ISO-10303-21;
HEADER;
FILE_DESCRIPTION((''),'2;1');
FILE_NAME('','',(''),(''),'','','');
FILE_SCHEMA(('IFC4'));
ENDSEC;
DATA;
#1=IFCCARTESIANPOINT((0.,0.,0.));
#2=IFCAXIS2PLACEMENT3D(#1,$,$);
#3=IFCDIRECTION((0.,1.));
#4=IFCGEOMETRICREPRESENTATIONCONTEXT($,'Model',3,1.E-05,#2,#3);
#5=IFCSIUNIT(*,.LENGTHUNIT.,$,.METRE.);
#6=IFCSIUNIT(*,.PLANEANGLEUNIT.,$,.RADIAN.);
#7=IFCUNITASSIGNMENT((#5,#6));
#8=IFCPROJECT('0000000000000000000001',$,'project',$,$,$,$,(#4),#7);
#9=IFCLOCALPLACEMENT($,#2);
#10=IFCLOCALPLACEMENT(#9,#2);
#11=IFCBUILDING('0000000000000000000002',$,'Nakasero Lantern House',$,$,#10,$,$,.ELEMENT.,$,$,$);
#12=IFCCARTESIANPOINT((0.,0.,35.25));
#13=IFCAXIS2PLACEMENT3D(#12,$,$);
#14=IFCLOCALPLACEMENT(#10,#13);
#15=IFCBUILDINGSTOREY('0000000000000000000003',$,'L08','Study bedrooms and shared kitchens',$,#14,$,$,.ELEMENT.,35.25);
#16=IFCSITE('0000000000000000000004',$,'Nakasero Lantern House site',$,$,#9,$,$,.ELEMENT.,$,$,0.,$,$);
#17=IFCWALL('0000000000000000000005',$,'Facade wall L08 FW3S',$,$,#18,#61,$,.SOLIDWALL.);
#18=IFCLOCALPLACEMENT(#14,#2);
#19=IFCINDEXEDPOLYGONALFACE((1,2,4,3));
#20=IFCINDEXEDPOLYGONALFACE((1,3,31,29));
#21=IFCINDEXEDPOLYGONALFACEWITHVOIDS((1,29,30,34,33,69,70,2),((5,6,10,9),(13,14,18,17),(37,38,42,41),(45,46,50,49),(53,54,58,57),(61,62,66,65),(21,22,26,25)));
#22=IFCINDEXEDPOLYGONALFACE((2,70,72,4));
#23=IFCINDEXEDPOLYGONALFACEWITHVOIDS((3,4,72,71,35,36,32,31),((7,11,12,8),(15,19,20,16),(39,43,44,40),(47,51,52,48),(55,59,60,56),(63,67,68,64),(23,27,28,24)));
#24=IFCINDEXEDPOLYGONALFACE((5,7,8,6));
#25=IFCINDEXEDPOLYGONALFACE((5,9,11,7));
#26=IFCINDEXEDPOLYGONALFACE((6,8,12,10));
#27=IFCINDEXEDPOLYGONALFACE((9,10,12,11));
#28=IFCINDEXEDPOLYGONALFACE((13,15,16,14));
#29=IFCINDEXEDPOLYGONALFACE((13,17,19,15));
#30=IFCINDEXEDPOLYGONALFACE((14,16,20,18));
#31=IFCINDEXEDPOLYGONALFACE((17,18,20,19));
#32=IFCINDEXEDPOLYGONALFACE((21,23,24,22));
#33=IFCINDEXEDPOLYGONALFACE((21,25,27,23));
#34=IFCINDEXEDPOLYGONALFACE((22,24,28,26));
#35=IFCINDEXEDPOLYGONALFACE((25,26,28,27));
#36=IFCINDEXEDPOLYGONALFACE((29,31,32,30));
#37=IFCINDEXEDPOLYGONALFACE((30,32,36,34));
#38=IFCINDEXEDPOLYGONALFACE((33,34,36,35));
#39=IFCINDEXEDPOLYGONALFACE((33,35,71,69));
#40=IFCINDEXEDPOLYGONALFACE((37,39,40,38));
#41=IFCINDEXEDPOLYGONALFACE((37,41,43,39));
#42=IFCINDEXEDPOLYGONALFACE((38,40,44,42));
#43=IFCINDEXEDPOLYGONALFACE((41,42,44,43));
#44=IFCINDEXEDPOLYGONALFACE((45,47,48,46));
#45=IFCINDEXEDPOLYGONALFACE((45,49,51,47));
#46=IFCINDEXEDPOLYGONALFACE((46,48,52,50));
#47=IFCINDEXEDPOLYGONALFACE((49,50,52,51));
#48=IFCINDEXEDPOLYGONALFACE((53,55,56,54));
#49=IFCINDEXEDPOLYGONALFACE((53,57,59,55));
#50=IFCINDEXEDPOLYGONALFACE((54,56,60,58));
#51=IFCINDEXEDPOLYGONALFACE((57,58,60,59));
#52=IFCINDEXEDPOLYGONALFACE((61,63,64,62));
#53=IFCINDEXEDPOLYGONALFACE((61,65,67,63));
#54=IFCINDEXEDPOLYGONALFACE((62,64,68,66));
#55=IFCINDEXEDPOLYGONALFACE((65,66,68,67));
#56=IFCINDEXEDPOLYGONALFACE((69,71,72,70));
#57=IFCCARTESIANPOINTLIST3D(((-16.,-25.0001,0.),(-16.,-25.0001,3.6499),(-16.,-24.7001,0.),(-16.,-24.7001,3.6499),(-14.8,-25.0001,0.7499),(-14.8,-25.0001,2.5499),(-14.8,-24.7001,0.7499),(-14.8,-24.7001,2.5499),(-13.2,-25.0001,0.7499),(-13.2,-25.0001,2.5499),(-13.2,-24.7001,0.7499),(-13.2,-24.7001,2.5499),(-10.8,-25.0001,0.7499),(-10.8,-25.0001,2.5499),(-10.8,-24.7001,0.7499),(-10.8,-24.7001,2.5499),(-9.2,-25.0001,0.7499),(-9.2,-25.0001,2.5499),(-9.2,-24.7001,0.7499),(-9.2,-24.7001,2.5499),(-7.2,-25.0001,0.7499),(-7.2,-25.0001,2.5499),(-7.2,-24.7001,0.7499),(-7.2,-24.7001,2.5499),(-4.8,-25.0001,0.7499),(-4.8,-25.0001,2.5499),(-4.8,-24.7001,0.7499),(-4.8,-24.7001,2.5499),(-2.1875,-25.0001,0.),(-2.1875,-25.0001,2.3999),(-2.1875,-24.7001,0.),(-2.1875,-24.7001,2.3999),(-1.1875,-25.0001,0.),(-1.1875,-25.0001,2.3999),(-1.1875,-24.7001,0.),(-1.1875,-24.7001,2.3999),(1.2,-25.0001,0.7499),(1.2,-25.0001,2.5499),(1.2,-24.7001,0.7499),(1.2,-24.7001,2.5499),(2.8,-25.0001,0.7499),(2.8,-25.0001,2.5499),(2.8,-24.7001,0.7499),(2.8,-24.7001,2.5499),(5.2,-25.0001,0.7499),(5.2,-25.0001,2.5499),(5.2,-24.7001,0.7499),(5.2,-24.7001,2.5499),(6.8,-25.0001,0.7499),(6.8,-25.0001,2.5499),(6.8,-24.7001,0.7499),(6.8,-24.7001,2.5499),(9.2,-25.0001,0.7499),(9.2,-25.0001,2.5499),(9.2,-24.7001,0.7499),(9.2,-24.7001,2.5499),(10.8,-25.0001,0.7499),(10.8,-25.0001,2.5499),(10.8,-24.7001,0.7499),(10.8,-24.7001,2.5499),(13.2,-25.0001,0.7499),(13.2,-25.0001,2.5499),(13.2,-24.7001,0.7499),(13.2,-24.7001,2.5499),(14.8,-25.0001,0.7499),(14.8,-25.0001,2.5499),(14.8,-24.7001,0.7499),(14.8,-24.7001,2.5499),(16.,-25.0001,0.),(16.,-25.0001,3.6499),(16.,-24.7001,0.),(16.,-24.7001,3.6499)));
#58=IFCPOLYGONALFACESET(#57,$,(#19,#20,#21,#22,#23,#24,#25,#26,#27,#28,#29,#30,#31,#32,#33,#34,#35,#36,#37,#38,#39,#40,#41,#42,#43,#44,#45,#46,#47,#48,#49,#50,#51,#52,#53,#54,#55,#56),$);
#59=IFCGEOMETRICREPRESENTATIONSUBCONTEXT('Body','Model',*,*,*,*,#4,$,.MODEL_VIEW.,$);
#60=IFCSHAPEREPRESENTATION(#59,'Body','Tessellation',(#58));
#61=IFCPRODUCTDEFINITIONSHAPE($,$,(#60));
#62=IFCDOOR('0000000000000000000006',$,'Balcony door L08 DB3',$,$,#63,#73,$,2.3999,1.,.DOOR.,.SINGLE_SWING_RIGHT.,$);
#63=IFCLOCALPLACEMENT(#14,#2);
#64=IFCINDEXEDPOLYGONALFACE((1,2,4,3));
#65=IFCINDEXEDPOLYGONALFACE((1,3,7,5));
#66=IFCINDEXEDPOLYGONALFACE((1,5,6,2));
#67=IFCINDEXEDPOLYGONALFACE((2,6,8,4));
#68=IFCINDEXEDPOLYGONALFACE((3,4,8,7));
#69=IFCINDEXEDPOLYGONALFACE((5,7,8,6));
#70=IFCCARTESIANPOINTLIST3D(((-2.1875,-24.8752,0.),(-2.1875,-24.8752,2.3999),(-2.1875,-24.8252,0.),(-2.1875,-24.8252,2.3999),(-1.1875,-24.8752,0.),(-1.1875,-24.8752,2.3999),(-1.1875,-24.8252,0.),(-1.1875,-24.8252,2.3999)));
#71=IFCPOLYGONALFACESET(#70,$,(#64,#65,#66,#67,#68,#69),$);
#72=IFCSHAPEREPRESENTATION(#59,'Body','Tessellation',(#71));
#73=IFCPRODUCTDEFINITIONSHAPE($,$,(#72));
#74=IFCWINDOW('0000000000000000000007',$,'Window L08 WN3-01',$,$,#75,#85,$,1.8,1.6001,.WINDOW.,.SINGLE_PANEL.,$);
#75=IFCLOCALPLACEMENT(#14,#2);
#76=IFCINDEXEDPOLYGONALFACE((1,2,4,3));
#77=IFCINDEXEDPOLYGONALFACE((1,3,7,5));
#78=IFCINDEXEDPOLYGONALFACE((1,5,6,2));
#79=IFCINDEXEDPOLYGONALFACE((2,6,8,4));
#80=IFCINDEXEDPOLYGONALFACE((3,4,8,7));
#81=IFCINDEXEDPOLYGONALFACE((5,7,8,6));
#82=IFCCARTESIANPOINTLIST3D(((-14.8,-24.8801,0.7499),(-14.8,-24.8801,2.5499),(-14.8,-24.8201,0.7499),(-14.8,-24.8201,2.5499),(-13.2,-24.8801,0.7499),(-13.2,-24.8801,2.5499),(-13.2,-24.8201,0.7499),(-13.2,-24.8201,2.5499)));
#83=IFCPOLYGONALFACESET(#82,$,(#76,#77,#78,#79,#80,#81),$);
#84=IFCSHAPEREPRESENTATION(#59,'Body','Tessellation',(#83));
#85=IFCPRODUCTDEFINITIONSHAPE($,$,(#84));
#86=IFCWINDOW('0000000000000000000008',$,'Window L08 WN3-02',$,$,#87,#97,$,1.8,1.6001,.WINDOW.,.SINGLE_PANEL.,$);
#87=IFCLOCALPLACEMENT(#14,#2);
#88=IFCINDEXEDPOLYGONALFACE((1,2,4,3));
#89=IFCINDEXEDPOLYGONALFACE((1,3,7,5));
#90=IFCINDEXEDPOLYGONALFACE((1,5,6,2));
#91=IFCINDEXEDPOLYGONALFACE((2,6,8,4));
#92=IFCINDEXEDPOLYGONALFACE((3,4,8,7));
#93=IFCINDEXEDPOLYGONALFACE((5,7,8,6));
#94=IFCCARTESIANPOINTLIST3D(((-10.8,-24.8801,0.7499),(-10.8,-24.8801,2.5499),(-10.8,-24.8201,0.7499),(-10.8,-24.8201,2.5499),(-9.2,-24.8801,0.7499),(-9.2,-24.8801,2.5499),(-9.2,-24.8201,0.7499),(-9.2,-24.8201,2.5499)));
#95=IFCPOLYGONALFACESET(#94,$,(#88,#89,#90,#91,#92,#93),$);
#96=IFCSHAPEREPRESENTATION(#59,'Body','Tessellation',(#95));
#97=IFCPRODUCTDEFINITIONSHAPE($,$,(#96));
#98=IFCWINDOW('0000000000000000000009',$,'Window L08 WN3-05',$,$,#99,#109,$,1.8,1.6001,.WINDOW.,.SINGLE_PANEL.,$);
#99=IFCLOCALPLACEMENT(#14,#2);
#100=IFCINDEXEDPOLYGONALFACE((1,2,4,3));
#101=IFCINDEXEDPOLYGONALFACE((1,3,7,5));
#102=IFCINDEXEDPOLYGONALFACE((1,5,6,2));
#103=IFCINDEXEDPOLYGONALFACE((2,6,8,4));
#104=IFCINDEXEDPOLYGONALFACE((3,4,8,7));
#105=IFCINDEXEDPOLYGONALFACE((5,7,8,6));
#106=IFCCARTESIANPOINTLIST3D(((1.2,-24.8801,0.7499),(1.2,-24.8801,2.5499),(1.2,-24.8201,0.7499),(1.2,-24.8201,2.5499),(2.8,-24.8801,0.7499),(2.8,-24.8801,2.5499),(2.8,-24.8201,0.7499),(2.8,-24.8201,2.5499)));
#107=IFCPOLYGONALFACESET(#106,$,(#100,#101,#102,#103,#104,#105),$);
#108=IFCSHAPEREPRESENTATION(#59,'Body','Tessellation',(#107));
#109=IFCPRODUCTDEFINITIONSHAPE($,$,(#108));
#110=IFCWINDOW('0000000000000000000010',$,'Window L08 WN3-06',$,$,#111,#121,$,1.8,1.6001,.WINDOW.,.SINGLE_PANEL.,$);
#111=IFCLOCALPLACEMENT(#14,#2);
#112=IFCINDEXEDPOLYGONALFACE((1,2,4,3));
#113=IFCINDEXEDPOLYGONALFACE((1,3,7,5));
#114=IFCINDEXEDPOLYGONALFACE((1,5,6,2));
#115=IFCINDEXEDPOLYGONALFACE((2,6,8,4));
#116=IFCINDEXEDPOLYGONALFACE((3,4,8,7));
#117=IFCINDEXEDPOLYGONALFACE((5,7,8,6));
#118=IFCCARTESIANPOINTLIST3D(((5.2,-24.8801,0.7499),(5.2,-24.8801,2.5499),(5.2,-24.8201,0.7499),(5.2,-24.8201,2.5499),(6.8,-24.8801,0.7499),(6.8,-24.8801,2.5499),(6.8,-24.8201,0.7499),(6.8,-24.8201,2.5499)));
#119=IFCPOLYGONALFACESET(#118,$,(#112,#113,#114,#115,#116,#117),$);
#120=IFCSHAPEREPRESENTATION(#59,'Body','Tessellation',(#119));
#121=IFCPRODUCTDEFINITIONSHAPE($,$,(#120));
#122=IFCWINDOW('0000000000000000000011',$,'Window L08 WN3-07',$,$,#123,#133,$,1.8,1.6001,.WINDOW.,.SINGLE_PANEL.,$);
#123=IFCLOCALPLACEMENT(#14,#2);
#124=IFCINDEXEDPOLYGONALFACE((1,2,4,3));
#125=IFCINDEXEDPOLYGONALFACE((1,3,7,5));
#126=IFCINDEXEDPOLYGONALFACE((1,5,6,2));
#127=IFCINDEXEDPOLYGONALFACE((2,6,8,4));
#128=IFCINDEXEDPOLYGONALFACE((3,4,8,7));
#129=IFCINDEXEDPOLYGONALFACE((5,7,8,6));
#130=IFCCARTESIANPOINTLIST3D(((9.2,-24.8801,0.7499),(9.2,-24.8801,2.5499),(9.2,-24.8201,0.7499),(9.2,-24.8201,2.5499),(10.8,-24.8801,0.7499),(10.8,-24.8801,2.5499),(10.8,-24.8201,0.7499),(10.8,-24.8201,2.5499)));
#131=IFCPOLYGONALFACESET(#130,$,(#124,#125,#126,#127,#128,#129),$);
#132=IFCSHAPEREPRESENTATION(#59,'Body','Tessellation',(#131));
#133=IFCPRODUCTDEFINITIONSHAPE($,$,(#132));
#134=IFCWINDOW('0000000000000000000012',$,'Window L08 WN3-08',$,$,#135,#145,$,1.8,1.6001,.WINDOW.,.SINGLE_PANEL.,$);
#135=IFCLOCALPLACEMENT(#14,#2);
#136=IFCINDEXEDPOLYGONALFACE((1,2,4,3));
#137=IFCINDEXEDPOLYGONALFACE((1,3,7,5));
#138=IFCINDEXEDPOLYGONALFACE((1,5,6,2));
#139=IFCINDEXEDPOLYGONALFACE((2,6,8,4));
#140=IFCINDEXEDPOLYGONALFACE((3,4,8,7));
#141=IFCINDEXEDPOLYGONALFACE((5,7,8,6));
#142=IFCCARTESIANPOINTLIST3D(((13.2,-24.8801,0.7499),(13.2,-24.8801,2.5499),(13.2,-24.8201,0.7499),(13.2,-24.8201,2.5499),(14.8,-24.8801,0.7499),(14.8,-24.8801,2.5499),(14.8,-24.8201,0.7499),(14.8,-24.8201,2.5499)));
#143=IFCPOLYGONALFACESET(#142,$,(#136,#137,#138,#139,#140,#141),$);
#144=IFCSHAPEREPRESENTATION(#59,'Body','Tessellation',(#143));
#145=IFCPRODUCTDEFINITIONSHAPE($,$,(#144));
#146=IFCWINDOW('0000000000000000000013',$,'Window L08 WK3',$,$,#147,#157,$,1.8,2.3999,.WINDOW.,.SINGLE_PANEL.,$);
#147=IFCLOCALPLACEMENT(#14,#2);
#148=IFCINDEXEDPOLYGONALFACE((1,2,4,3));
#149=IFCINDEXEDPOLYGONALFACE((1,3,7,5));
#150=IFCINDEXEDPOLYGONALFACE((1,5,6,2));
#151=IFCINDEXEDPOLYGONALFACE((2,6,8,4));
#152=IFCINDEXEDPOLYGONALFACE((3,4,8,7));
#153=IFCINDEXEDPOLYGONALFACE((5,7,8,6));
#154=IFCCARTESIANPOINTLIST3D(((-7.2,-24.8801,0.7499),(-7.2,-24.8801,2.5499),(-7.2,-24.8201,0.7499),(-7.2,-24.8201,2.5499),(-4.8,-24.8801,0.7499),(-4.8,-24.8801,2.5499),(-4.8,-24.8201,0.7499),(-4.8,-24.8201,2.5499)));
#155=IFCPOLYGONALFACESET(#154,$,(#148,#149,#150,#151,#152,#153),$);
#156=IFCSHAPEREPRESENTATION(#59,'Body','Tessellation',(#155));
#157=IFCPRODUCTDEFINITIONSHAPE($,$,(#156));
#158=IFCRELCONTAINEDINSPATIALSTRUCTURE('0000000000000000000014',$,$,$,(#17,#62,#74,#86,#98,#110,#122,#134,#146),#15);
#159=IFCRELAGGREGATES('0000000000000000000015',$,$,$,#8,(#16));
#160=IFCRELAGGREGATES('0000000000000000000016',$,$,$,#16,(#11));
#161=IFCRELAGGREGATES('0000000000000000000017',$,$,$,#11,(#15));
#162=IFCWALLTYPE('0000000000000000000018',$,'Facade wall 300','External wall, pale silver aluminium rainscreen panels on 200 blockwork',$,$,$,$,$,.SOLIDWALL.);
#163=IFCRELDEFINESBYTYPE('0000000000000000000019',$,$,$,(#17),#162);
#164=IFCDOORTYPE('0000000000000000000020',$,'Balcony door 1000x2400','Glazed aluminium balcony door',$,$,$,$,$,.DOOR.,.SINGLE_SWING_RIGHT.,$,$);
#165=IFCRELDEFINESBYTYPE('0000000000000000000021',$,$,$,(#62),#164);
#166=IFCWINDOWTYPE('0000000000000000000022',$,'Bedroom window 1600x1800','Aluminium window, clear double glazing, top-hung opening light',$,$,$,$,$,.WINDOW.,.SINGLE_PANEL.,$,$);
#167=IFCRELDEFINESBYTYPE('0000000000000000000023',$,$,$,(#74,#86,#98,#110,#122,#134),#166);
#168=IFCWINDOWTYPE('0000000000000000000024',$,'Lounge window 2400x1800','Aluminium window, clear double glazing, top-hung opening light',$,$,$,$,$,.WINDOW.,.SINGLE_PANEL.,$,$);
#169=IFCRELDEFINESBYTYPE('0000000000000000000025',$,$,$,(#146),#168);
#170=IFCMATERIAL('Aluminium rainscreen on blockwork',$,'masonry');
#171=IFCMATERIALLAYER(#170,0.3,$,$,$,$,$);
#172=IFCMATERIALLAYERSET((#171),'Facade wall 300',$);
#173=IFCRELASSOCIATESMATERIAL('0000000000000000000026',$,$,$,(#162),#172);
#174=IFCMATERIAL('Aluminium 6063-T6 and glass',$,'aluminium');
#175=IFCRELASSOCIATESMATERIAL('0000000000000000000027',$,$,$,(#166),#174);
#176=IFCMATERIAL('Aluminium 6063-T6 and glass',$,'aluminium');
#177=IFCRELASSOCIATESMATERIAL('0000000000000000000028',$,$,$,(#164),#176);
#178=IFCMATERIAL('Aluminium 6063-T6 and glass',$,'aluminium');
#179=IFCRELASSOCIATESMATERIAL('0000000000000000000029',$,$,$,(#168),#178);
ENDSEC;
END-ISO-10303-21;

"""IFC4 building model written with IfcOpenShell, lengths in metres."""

from ifc_helpers import new_model, si_unit, direction, frame, frame_2d, origin, place, context, subcontext, project, spatial, rectangle, extrude, material, layer, layer_set, type_object, element, fill, save


model = new_model("IFC4")

# Units and contexts
model_context = context("Model", 3, precision=1e-05, world=origin(), true_north=direction((0.0, 1.0)))
body_context = subcontext(model_context, "Body", "Model", "MODEL_VIEW")
ifc_project = project(units=[si_unit("LENGTHUNIT", "METRE"), si_unit("PLANEANGLEUNIT", "RADIAN")], contexts=[model_context])

# Site, building, storey
site_placement = place(None, origin())
site = spatial("IfcSite", under=ifc_project, at=site_placement, Name="Nakasero Lantern House site", CompositionType="ELEMENT", RefElevation=0.0)
building_placement = place(site_placement, origin())
building = spatial("IfcBuilding", under=site, at=building_placement, Name="Nakasero Lantern House", CompositionType="ELEMENT")
storey_placement = place(building_placement, frame((0.0, 0.0, 35.25)))
storey = spatial("IfcBuildingStorey", under=building, at=storey_placement, Name="L08", Description="Study bedrooms and shared kitchens", CompositionType="ELEMENT", Elevation=35.25)

# Shared definitions
ifc_material_1 = material(Name="Aluminium rainscreen on blockwork", Category="masonry")
ifc_layer_1 = layer(ifc_material_1, 0.3)
ifc_layer_set_1 = layer_set([ifc_layer_1], Name="Facade wall 300")
wall_type_1 = type_object("IfcWallType", Name="Facade wall 300", Description="External wall, pale silver aluminium rainscreen panels on 200 blockwork", PredefinedType="SOLIDWALL", material=ifc_layer_set_1)
ifc_material_2 = material(Name="Aluminium 6063-T6 and glass", Category="aluminium")
window_type_1 = type_object("IfcWindowType", Name="Bedroom window 1600x1800", Description="Aluminium window, clear double glazing, top-hung opening light", PartitioningType="SINGLE_PANEL", PredefinedType="WINDOW", material=ifc_material_2)

# Wall, openings, door, windows
wall_1_placement = place(storey_placement, frame((-16.0, -24.8501, 0.0), z_axis=(0.0, 0.0, 1.0), x_axis=(1.0, 0.0, 0.0)))
wall_1 = element("IfcWall", 1, at=wall_1_placement, inside=storey, type_object=wall_type_1, Name="Facade wall L08 FW3S", PredefinedType="SOLIDWALL", context=body_context, shape_type="SweptSolid", body=[
    extrude(rectangle(XDim=32.0, YDim=0.3, at=frame_2d((16.0, 0.0))), origin(), (0.0, 0.0, 1.0), 3.6499),
])
opening_1_placement = place(wall_1_placement, frame((1.2, 0.0, 0.75)))
opening_1 = element("IfcOpeningElement", 2, at=opening_1_placement, cuts=wall_1, PredefinedType="OPENING", context=body_context, shape_type="SweptSolid", body=[
    extrude(rectangle(XDim=1.6001, YDim=1.8, at=frame_2d((0.8, 0.8999))), frame((0.0, 0.1699, 0.0), z_axis=(0.0, -1.0, 0.0), x_axis=(1.0, 0.0, 0.0)), (0.0, 0.0, 1.0), 0.3401),
])
opening_2_placement = place(wall_1_placement, frame((5.2, 0.0, 0.75)))
opening_2 = element("IfcOpeningElement", 3, at=opening_2_placement, cuts=wall_1, PredefinedType="OPENING", context=body_context, shape_type="SweptSolid", body=[
    extrude(rectangle(XDim=1.6001, YDim=1.8, at=frame_2d((0.8, 0.8999))), frame((0.0, 0.1699, 0.0), z_axis=(0.0, -1.0, 0.0), x_axis=(1.0, 0.0, 0.0)), (0.0, 0.0, 1.0), 0.3401),
])
opening_3_placement = place(wall_1_placement, frame((17.2, 0.0, 0.75)))
opening_3 = element("IfcOpeningElement", 4, at=opening_3_placement, cuts=wall_1, PredefinedType="OPENING", context=body_context, shape_type="SweptSolid", body=[
    extrude(rectangle(XDim=1.6001, YDim=1.8, at=frame_2d((0.8, 0.8999))), frame((0.0, 0.1699, 0.0), z_axis=(0.0, -1.0, 0.0), x_axis=(1.0, 0.0, 0.0)), (0.0, 0.0, 1.0), 0.3401),
])
opening_4_placement = place(wall_1_placement, frame((21.2, 0.0, 0.75)))
opening_4 = element("IfcOpeningElement", 5, at=opening_4_placement, cuts=wall_1, PredefinedType="OPENING", context=body_context, shape_type="SweptSolid", body=[
    extrude(rectangle(XDim=1.6001, YDim=1.8, at=frame_2d((0.8, 0.8999))), frame((0.0, 0.1699, 0.0), z_axis=(0.0, -1.0, 0.0), x_axis=(1.0, 0.0, 0.0)), (0.0, 0.0, 1.0), 0.3401),
])
opening_5_placement = place(wall_1_placement, frame((25.2, 0.0, 0.75)))
opening_5 = element("IfcOpeningElement", 6, at=opening_5_placement, cuts=wall_1, PredefinedType="OPENING", context=body_context, shape_type="SweptSolid", body=[
    extrude(rectangle(XDim=1.6001, YDim=1.8, at=frame_2d((0.8, 0.8999))), frame((0.0, 0.1699, 0.0), z_axis=(0.0, -1.0, 0.0), x_axis=(1.0, 0.0, 0.0)), (0.0, 0.0, 1.0), 0.3401),
])
opening_6_placement = place(wall_1_placement, frame((29.2, 0.0, 0.75)))
opening_6 = element("IfcOpeningElement", 7, at=opening_6_placement, cuts=wall_1, PredefinedType="OPENING", context=body_context, shape_type="SweptSolid", body=[
    extrude(rectangle(XDim=1.6001, YDim=1.8, at=frame_2d((0.8, 0.8999))), frame((0.0, 0.1699, 0.0), z_axis=(0.0, -1.0, 0.0), x_axis=(1.0, 0.0, 0.0)), (0.0, 0.0, 1.0), 0.3401),
])
opening_7_placement = place(wall_1_placement, frame((8.8, 0.0, 0.75)))
opening_7 = element("IfcOpeningElement", 8, at=opening_7_placement, cuts=wall_1, PredefinedType="OPENING", context=body_context, shape_type="SweptSolid", body=[
    extrude(rectangle(XDim=2.3999, YDim=1.8, at=frame_2d((1.2, 0.8999))), frame((0.0, 0.1699, 0.0), z_axis=(0.0, -1.0, 0.0), x_axis=(1.0, 0.0, 0.0)), (0.0, 0.0, 1.0), 0.3401),
])
opening_8_placement = place(wall_1_placement, frame((13.8125, 0.0, 0.0)))
opening_8 = element("IfcOpeningElement", 9, at=opening_8_placement, cuts=wall_1, PredefinedType="OPENING", context=body_context, shape_type="SweptSolid", body=[
    extrude(rectangle(XDim=1.0, YDim=2.3999, at=frame_2d((0.5, 1.2))), frame((0.0, 0.1699, 0.0), z_axis=(0.0, -1.0, 0.0), x_axis=(1.0, 0.0, 0.0)), (0.0, 0.0, 1.0), 0.3401),
])
ifc_material_3 = material(Name="Aluminium 6063-T6 and glass", Category="aluminium")
door_type_1 = type_object("IfcDoorType", Name="Balcony door 1000x2400", Description="Glazed aluminium balcony door", OperationType="SINGLE_SWING_RIGHT", PredefinedType="DOOR", material=ifc_material_3)
door_1_placement = place(opening_8_placement, origin())
door_1 = element("IfcDoor", 10, at=door_1_placement, inside=storey, type_object=door_type_1, Name="Balcony door L08 DB3", OperationType="SINGLE_SWING_RIGHT", OverallHeight=2.3999, OverallWidth=1.0, PredefinedType="DOOR", context=body_context, shape_type="SweptSolid", body=[
    extrude(rectangle(XDim=1.0, YDim=2.3999, at=frame_2d((0.5, 1.2))), frame((0.0, 0.0249, 0.0), z_axis=(0.0, -1.0, 0.0), x_axis=(1.0, 0.0, 0.0)), (0.0, 0.0, 1.0), 0.05),
])
fill(opening_8, door_1)
window_1_placement = place(opening_1_placement, origin())
window_1 = element("IfcWindow", 11, at=window_1_placement, inside=storey, type_object=window_type_1, Name="Window L08 WN3-01", OverallHeight=1.8, OverallWidth=1.6001, PartitioningType="SINGLE_PANEL", PredefinedType="WINDOW", context=body_context, shape_type="SweptSolid", body=[
    extrude(rectangle(XDim=1.6001, YDim=1.8, at=frame_2d((0.8, 0.8999))), frame((0.0, 0.03, 0.0), z_axis=(0.0, -1.0, 0.0), x_axis=(1.0, 0.0, 0.0)), (0.0, 0.0, 1.0), 0.0601),
])
fill(opening_1, window_1)
window_2_placement = place(opening_2_placement, origin())
window_2 = element("IfcWindow", 12, at=window_2_placement, inside=storey, type_object=window_type_1, Name="Window L08 WN3-02", OverallHeight=1.8, OverallWidth=1.6001, PartitioningType="SINGLE_PANEL", PredefinedType="WINDOW", context=body_context, shape_type="SweptSolid", body=[
    extrude(rectangle(XDim=1.6001, YDim=1.8, at=frame_2d((0.8, 0.8999))), frame((0.0, 0.03, 0.0), z_axis=(0.0, -1.0, 0.0), x_axis=(1.0, 0.0, 0.0)), (0.0, 0.0, 1.0), 0.0601),
])
fill(opening_2, window_2)
window_3_placement = place(opening_3_placement, origin())
window_3 = element("IfcWindow", 13, at=window_3_placement, inside=storey, type_object=window_type_1, Name="Window L08 WN3-05", OverallHeight=1.8, OverallWidth=1.6001, PartitioningType="SINGLE_PANEL", PredefinedType="WINDOW", context=body_context, shape_type="SweptSolid", body=[
    extrude(rectangle(XDim=1.6001, YDim=1.8, at=frame_2d((0.8, 0.8999))), frame((0.0, 0.03, 0.0), z_axis=(0.0, -1.0, 0.0), x_axis=(1.0, 0.0, 0.0)), (0.0, 0.0, 1.0), 0.0601),
])
fill(opening_3, window_3)
window_4_placement = place(opening_4_placement, origin())
window_4 = element("IfcWindow", 14, at=window_4_placement, inside=storey, type_object=window_type_1, Name="Window L08 WN3-06", OverallHeight=1.8, OverallWidth=1.6001, PartitioningType="SINGLE_PANEL", PredefinedType="WINDOW", context=body_context, shape_type="SweptSolid", body=[
    extrude(rectangle(XDim=1.6001, YDim=1.8, at=frame_2d((0.8, 0.8999))), frame((0.0, 0.03, 0.0), z_axis=(0.0, -1.0, 0.0), x_axis=(1.0, 0.0, 0.0)), (0.0, 0.0, 1.0), 0.0601),
])
fill(opening_4, window_4)
window_5_placement = place(opening_5_placement, origin())
window_5 = element("IfcWindow", 15, at=window_5_placement, inside=storey, type_object=window_type_1, Name="Window L08 WN3-07", OverallHeight=1.8, OverallWidth=1.6001, PartitioningType="SINGLE_PANEL", PredefinedType="WINDOW", context=body_context, shape_type="SweptSolid", body=[
    extrude(rectangle(XDim=1.6001, YDim=1.8, at=frame_2d((0.8, 0.8999))), frame((0.0, 0.03, 0.0), z_axis=(0.0, -1.0, 0.0), x_axis=(1.0, 0.0, 0.0)), (0.0, 0.0, 1.0), 0.0601),
])
fill(opening_5, window_5)
window_6_placement = place(opening_6_placement, origin())
window_6 = element("IfcWindow", 16, at=window_6_placement, inside=storey, type_object=window_type_1, Name="Window L08 WN3-08", OverallHeight=1.8, OverallWidth=1.6001, PartitioningType="SINGLE_PANEL", PredefinedType="WINDOW", context=body_context, shape_type="SweptSolid", body=[
    extrude(rectangle(XDim=1.6001, YDim=1.8, at=frame_2d((0.8, 0.8999))), frame((0.0, 0.03, 0.0), z_axis=(0.0, -1.0, 0.0), x_axis=(1.0, 0.0, 0.0)), (0.0, 0.0, 1.0), 0.0601),
])
fill(opening_6, window_6)
ifc_material_4 = material(Name="Aluminium 6063-T6 and glass", Category="aluminium")
window_type_2 = type_object("IfcWindowType", Name="Lounge window 2400x1800", Description="Aluminium window, clear double glazing, top-hung opening light", PartitioningType="SINGLE_PANEL", PredefinedType="WINDOW", material=ifc_material_4)
window_7_placement = place(opening_7_placement, origin())
window_7 = element("IfcWindow", 17, at=window_7_placement, inside=storey, type_object=window_type_2, Name="Window L08 WK3", OverallHeight=1.8, OverallWidth=2.3999, PartitioningType="SINGLE_PANEL", PredefinedType="WINDOW", context=body_context, shape_type="SweptSolid", body=[
    extrude(rectangle(XDim=2.3999, YDim=1.8, at=frame_2d((1.2, 0.8999))), frame((0.0, 0.03, 0.0), z_axis=(0.0, -1.0, 0.0), x_axis=(1.0, 0.0, 0.0)), (0.0, 0.0, 1.0), 0.0601),
])
fill(opening_7, window_7)

save(model, "model.ifc")
